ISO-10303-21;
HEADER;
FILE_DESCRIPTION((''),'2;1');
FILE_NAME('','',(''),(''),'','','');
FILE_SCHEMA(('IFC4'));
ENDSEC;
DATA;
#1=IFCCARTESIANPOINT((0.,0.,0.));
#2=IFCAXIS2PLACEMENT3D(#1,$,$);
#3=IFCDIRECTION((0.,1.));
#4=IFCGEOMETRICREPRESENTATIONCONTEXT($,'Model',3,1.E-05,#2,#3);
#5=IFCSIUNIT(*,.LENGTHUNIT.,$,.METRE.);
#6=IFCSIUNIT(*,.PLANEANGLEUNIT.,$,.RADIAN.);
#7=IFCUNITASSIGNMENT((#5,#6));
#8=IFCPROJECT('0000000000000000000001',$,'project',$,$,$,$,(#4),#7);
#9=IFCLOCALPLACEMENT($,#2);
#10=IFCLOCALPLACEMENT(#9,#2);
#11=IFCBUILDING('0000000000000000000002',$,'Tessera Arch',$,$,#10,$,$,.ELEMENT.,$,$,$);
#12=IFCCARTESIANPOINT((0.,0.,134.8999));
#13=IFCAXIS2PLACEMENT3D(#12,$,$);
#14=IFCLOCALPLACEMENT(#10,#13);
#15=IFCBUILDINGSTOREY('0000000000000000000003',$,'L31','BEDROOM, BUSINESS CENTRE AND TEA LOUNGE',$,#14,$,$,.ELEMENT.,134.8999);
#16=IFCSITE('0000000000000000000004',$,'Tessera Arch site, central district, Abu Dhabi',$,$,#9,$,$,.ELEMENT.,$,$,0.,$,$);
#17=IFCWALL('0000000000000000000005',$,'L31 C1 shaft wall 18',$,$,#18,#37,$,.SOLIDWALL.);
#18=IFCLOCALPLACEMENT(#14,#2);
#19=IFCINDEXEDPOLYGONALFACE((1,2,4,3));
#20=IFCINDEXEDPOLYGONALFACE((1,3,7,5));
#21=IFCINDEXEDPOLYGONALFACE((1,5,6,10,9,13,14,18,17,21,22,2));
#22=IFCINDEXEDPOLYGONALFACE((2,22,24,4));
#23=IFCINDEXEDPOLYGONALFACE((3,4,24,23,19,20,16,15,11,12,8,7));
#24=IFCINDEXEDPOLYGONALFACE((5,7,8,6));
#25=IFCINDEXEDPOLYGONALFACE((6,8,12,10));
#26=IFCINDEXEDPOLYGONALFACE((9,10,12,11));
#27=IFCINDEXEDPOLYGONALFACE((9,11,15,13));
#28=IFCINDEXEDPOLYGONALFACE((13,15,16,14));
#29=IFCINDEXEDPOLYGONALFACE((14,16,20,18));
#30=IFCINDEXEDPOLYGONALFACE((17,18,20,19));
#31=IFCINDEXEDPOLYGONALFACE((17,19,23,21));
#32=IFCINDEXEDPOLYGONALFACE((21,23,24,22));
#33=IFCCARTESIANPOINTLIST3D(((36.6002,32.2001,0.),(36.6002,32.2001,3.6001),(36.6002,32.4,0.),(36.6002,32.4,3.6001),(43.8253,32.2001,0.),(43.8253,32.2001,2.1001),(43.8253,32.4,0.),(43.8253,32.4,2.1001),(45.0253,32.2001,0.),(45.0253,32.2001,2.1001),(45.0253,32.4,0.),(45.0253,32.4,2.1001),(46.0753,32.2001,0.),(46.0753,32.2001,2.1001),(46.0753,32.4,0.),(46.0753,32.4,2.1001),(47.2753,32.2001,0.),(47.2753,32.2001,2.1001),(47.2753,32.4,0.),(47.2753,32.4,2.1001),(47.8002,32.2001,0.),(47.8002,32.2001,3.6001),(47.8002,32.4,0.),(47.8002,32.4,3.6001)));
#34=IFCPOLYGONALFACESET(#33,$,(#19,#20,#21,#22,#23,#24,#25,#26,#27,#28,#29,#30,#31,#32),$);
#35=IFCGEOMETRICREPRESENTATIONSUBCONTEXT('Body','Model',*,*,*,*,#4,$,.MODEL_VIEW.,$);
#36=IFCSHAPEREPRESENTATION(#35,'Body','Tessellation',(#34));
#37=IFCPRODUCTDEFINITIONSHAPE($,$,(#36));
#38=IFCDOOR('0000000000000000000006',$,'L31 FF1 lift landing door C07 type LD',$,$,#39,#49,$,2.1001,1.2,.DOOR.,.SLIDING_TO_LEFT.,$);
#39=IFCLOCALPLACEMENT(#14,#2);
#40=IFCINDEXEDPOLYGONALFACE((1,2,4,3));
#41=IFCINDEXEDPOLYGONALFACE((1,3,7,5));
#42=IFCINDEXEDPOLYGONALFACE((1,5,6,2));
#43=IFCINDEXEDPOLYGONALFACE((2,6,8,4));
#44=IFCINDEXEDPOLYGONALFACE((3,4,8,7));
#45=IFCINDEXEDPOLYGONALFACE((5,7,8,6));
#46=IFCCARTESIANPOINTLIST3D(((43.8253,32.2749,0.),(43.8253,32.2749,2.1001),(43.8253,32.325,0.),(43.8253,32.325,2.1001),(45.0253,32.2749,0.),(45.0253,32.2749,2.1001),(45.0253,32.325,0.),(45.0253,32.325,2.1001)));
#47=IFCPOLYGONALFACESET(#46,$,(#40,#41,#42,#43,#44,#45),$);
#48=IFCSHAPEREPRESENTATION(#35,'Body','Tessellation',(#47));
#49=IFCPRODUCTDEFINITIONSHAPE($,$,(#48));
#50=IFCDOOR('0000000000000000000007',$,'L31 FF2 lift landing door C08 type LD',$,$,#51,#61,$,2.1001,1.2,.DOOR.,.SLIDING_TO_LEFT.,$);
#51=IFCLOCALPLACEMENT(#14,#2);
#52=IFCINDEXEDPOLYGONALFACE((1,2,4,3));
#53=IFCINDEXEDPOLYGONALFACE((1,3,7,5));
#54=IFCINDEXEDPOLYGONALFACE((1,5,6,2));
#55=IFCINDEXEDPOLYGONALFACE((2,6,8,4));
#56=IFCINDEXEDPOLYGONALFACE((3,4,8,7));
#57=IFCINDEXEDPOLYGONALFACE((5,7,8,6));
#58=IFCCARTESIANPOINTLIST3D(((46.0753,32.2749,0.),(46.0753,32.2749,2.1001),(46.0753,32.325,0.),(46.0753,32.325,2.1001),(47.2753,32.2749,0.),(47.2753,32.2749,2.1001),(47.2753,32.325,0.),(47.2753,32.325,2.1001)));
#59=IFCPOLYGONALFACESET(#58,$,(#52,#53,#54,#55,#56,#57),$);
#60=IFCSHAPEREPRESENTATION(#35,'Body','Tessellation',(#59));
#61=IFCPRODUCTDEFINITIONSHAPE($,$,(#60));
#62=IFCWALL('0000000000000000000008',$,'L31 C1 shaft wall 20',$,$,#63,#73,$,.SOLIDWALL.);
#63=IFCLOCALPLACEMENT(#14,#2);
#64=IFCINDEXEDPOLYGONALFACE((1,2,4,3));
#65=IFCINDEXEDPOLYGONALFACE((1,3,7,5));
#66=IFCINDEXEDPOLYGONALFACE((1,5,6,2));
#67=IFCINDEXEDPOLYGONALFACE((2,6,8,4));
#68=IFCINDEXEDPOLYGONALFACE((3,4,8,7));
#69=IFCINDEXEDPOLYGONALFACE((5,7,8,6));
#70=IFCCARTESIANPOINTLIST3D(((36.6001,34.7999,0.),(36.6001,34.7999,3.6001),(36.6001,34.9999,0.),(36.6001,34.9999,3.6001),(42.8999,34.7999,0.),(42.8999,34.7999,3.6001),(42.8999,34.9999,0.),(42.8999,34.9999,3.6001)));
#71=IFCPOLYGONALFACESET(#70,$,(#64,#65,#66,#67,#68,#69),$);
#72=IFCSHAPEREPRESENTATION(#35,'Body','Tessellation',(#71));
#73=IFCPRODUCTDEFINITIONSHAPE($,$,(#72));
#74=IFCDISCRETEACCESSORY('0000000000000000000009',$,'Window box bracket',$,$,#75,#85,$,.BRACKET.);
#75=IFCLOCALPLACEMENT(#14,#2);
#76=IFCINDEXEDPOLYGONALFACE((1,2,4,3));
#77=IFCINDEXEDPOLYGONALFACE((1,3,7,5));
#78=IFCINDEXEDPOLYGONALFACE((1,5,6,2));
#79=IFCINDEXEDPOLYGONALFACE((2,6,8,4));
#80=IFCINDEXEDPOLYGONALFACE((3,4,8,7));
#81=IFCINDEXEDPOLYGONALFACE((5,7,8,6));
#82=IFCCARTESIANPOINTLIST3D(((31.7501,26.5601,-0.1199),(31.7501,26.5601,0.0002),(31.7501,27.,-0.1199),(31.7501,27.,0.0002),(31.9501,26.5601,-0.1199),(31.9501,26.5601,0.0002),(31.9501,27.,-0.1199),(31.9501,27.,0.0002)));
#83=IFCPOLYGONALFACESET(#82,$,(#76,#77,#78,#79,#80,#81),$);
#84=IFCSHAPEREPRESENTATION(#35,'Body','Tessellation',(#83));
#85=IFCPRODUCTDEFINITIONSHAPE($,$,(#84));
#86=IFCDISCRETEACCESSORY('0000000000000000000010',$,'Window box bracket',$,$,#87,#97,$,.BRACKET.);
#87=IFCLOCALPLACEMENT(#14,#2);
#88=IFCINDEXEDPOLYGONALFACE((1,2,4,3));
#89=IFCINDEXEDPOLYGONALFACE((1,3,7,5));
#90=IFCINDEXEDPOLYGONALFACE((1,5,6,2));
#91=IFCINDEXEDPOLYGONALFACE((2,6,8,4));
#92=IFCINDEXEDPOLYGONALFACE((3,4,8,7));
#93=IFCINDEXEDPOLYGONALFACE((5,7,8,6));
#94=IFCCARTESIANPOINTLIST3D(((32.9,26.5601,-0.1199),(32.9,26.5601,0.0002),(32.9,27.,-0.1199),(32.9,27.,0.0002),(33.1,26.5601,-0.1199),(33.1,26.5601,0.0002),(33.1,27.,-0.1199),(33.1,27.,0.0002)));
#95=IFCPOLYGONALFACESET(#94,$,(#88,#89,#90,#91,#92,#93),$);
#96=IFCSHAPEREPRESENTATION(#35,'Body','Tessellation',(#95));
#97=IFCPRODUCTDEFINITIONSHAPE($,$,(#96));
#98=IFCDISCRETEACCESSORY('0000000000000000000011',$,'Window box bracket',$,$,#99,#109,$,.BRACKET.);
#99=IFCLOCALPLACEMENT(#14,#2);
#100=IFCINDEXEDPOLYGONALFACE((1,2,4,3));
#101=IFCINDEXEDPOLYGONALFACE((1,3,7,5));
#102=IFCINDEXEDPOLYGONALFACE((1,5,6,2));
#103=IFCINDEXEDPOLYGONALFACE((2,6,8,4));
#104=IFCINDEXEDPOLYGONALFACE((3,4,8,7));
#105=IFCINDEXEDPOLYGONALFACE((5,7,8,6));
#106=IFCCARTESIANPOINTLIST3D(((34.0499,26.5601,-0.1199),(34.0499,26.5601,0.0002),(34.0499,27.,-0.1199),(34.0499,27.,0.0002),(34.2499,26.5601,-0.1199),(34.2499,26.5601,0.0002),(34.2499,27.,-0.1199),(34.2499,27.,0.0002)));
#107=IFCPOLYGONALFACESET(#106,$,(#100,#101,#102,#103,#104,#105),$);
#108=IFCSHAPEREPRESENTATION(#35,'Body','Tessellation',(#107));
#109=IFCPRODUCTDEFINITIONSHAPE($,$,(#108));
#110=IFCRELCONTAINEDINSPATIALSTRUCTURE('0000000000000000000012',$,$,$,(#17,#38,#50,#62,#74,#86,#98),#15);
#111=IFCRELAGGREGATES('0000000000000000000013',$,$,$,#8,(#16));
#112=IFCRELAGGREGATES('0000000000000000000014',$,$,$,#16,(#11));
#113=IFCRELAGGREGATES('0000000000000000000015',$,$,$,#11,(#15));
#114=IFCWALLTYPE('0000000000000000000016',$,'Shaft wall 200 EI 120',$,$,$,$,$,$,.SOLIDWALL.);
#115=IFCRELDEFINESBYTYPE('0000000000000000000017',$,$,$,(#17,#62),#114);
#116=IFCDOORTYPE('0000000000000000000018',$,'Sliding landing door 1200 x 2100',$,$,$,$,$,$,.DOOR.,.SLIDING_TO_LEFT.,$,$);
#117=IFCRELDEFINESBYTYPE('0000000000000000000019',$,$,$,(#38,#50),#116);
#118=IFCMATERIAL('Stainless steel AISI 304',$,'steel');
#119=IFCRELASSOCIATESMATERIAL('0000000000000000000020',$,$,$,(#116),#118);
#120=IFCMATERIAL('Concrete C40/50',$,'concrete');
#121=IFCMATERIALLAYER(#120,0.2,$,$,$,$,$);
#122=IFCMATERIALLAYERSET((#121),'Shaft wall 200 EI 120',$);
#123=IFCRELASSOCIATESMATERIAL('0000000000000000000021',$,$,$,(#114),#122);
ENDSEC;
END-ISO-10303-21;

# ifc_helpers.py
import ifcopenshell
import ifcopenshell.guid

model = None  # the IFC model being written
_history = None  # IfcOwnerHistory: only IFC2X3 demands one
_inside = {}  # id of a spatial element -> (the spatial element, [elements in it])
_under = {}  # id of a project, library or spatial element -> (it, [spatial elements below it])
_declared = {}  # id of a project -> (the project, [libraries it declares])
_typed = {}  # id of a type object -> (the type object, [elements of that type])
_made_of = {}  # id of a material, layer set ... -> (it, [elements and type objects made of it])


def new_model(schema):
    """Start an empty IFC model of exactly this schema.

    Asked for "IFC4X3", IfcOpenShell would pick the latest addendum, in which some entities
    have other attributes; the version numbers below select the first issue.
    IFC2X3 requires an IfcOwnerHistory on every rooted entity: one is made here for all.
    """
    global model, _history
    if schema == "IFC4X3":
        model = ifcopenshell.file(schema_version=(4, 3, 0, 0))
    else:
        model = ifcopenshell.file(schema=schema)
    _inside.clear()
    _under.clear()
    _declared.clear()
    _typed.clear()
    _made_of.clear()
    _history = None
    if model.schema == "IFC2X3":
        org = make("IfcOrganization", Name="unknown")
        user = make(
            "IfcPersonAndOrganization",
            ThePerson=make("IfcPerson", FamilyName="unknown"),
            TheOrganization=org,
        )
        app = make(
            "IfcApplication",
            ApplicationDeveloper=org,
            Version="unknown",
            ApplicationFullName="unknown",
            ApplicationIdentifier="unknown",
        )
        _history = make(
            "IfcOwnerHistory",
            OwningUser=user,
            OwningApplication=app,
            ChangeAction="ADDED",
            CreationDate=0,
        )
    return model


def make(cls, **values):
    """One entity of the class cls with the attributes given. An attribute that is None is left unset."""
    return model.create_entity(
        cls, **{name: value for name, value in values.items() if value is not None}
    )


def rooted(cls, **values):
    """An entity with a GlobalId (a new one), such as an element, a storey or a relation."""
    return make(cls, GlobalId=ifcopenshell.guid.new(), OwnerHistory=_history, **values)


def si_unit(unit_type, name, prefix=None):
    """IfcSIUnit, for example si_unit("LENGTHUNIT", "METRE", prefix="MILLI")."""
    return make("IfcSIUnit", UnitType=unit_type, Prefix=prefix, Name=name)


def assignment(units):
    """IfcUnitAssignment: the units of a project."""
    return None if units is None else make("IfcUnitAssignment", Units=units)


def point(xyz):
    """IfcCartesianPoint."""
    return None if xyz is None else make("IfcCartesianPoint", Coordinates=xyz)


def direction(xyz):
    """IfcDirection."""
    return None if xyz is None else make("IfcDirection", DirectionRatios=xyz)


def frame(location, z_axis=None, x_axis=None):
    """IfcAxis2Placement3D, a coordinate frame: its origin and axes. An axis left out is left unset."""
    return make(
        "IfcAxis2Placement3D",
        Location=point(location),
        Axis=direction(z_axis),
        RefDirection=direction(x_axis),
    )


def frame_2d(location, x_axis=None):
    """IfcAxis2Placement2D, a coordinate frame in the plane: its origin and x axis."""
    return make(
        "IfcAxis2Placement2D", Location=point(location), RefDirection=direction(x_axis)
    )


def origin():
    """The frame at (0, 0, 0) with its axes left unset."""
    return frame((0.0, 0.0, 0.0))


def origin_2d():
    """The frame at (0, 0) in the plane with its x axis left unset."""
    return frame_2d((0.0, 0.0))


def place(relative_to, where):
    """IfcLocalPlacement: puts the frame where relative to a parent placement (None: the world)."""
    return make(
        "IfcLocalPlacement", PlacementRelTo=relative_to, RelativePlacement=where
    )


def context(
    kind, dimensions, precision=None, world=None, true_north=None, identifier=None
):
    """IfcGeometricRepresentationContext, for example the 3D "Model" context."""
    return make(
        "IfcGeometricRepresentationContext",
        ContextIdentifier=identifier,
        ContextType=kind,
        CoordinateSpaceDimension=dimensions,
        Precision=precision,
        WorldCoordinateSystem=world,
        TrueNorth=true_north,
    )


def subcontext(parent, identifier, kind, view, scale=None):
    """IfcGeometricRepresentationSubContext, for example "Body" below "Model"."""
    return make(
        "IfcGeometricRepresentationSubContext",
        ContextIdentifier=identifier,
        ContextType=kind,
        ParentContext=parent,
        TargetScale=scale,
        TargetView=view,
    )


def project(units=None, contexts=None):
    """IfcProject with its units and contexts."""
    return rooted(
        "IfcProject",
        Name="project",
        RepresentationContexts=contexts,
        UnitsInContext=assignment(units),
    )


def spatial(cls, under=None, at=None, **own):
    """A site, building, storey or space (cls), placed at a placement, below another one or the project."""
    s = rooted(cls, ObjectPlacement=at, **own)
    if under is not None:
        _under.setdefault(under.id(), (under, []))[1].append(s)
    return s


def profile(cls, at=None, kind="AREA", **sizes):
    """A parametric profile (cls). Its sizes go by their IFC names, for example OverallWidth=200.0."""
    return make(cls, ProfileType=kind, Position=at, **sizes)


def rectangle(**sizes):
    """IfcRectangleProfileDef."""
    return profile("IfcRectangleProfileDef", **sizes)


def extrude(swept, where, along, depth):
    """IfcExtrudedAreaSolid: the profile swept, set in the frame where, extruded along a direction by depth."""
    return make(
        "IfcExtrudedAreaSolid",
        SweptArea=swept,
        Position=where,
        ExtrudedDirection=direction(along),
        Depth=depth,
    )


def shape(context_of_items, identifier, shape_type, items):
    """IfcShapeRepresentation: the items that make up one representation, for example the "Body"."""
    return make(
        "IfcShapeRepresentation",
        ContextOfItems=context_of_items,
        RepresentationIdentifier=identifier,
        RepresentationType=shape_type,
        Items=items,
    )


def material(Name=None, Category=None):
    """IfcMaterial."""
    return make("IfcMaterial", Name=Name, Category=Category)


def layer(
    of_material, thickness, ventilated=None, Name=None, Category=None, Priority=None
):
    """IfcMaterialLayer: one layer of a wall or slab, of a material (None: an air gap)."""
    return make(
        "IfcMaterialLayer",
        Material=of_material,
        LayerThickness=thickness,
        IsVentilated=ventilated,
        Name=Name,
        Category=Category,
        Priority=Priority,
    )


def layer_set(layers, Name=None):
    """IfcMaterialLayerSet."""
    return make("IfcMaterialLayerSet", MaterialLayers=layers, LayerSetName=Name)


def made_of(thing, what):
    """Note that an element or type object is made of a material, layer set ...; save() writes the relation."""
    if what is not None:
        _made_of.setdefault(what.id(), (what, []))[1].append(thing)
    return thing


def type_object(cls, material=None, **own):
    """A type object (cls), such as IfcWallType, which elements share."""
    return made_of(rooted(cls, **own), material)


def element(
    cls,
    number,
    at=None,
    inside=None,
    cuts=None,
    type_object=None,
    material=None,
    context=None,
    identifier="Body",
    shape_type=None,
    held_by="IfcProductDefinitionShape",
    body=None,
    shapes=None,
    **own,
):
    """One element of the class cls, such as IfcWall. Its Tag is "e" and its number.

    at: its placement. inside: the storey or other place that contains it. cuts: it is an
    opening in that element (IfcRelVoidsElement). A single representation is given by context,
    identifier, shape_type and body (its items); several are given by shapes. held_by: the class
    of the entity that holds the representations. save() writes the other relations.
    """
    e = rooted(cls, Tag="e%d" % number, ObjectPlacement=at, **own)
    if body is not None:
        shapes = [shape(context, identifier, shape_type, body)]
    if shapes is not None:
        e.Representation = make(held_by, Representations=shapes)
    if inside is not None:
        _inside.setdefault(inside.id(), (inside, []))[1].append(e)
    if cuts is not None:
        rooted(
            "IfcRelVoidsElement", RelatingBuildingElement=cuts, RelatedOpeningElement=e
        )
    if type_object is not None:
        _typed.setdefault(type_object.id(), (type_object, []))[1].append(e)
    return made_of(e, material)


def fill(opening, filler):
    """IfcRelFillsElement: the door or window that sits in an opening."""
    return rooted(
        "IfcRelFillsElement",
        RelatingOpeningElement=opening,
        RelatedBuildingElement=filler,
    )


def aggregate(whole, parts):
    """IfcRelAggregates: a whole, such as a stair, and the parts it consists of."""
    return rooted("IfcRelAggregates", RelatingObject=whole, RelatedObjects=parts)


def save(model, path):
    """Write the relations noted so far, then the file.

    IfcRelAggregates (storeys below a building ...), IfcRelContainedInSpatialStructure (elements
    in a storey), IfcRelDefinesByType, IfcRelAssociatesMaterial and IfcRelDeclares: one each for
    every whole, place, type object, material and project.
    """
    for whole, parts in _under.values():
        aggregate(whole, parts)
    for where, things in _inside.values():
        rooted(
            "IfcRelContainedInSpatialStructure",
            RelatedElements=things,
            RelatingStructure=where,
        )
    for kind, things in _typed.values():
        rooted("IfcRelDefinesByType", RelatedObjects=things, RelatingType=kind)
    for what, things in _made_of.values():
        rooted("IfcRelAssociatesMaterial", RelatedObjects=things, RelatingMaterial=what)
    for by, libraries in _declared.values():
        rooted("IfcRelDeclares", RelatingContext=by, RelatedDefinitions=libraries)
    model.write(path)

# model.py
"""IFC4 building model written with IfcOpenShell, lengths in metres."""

from ifc_helpers import new_model, si_unit, direction, frame, frame_2d, origin, origin_2d, place, context, subcontext, project, spatial, rectangle, extrude, material, layer, layer_set, type_object, element, fill, save


model = new_model("IFC4")

# Units and contexts
model_context = context("Model", 3, precision=1e-05, world=origin(), true_north=direction((0.0, 1.0)))
body_context = subcontext(model_context, "Body", "Model", "MODEL_VIEW")
ifc_project = project(units=[si_unit("LENGTHUNIT", "METRE"), si_unit("PLANEANGLEUNIT", "RADIAN")], contexts=[model_context])

# Site, building, storey
site_placement = place(None, origin())
site = spatial("IfcSite", under=ifc_project, at=site_placement, Name="Tessera Arch site, central district, Abu Dhabi", CompositionType="ELEMENT", RefElevation=0.0)
building_placement = place(site_placement, origin())
building = spatial("IfcBuilding", under=site, at=building_placement, Name="Tessera Arch", CompositionType="ELEMENT")
storey_placement = place(building_placement, frame((0.0, 0.0, 134.8999)))
storey = spatial("IfcBuildingStorey", under=building, at=storey_placement, Name="L31", Description="BEDROOM, BUSINESS CENTRE AND TEA LOUNGE", CompositionType="ELEMENT", Elevation=134.8999)

# Shared definitions
ifc_material_1 = material(Name="Stainless steel AISI 304", Category="steel")
door_type_1 = type_object("IfcDoorType", Name="Sliding landing door 1200 x 2100", OperationType="SLIDING_TO_LEFT", PredefinedType="DOOR", material=ifc_material_1)

# Shared definitions
ifc_material_2 = material(Name="Concrete C40/50", Category="concrete")
ifc_layer_1 = layer(ifc_material_2, 0.2)
ifc_layer_set_1 = layer_set([ifc_layer_1], Name="Shaft wall 200 EI 120")
wall_type_1 = type_object("IfcWallType", Name="Shaft wall 200 EI 120", PredefinedType="SOLIDWALL", material=ifc_layer_set_1)

# Wall, openings, doors
wall_1_placement = place(storey_placement, frame((36.6001, 32.3, 0.0), z_axis=(0.0, 0.0, 1.0), x_axis=(1.0, 0.0, 0.0)))
wall_1 = element("IfcWall", 1, at=wall_1_placement, inside=storey, type_object=wall_type_1, Name="L31 C1 shaft wall 18", PredefinedType="SOLIDWALL", context=body_context, shape_type="SweptSolid", body=[
    extrude(rectangle(XDim=11.2, YDim=0.2, at=frame_2d((5.6001, 0.0))), origin(), (0.0, 0.0, 1.0), 3.6001),
])
opening_1_placement = place(wall_1_placement, frame((7.2251, 0.0, 0.0)))
opening_1 = element("IfcOpeningElement", 2, at=opening_1_placement, cuts=wall_1, PredefinedType="OPENING", context=body_context, shape_type="SweptSolid", body=[
    extrude(rectangle(XDim=1.2, YDim=2.1001, at=frame_2d((0.6001, 1.05))), frame((0.0, 0.1099, 0.0), z_axis=(0.0, -1.0, 0.0), x_axis=(1.0, 0.0, 0.0)), (0.0, 0.0, 1.0), 0.22),
])
opening_2_placement = place(wall_1_placement, frame((9.4751, 0.0, 0.0)))
opening_2 = element("IfcOpeningElement", 3, at=opening_2_placement, cuts=wall_1, PredefinedType="OPENING", context=body_context, shape_type="SweptSolid", body=[
    extrude(rectangle(XDim=1.2, YDim=2.1001, at=frame_2d((0.6001, 1.05))), frame((0.0, 0.1099, 0.0), z_axis=(0.0, -1.0, 0.0), x_axis=(1.0, 0.0, 0.0)), (0.0, 0.0, 1.0), 0.22),
])
door_1_placement = place(opening_1_placement, origin())
door_1 = element("IfcDoor", 4, at=door_1_placement, inside=storey, type_object=door_type_1, Name="L31 FF1 lift landing door C07 type LD", OperationType="SLIDING_TO_LEFT", OverallHeight=2.1001, OverallWidth=1.2, PredefinedType="DOOR", context=body_context, shape_type="SweptSolid", body=[
    extrude(rectangle(XDim=1.2, YDim=2.1001, at=frame_2d((0.6001, 1.05))), frame((0.0, 0.0249, 0.0), z_axis=(0.0, -1.0, 0.0), x_axis=(1.0, 0.0, 0.0)), (0.0, 0.0, 1.0), 0.05),
])
fill(opening_1, door_1)
door_2_placement = place(opening_2_placement, origin())
door_2 = element("IfcDoor", 5, at=door_2_placement, inside=storey, type_object=door_type_1, Name="L31 FF2 lift landing door C08 type LD", OperationType="SLIDING_TO_LEFT", OverallHeight=2.1001, OverallWidth=1.2, PredefinedType="DOOR", context=body_context, shape_type="SweptSolid", body=[
    extrude(rectangle(XDim=1.2, YDim=2.1001, at=frame_2d((0.6001, 1.05))), frame((0.0, 0.0249, 0.0), z_axis=(0.0, -1.0, 0.0), x_axis=(1.0, 0.0, 0.0)), (0.0, 0.0, 1.0), 0.05),
])
fill(opening_2, door_2)

# Wall
wall_2_placement = place(storey_placement, frame((36.6001, 34.8999, 0.0), z_axis=(0.0, 0.0, 1.0), x_axis=(1.0, 0.0, 0.0)))
element("IfcWall", 6, at=wall_2_placement, inside=storey, type_object=wall_type_1, Name="L31 C1 shaft wall 20", PredefinedType="SOLIDWALL", context=body_context, shape_type="SweptSolid", body=[
    extrude(rectangle(XDim=6.2998, YDim=0.2, at=frame_2d((3.1499, 0.0))), origin(), (0.0, 0.0, 1.0), 3.6001),
])

# Discrete accessories
for number, where, z_axis, x_axis, name in (
    (7, (31.8501, 26.78, -0.1199), (0.0, 0.0, 1.0), (0.0, -1.0, 0.0), "Window box bracket"),
    (8, (33.0, 26.78, -0.1199), (0.0, 0.0, 1.0), (0.0, -1.0, 0.0), "Window box bracket"),
    (9, (34.1499, 26.78, -0.1199), (0.0, 0.0, 1.0), (0.0, -1.0, 0.0), "Window box bracket"),
):
    element("IfcDiscreteAccessory", number, at=place(storey_placement, frame(where, z_axis=z_axis, x_axis=x_axis)), inside=storey, Name=name, PredefinedType="BRACKET", context=body_context, shape_type="SweptSolid", body=[
        extrude(rectangle(XDim=0.4399, YDim=0.2, at=origin_2d()), origin(), (0.0, 0.0, 1.0), 0.1201),
    ])

save(model, "model.ifc")
